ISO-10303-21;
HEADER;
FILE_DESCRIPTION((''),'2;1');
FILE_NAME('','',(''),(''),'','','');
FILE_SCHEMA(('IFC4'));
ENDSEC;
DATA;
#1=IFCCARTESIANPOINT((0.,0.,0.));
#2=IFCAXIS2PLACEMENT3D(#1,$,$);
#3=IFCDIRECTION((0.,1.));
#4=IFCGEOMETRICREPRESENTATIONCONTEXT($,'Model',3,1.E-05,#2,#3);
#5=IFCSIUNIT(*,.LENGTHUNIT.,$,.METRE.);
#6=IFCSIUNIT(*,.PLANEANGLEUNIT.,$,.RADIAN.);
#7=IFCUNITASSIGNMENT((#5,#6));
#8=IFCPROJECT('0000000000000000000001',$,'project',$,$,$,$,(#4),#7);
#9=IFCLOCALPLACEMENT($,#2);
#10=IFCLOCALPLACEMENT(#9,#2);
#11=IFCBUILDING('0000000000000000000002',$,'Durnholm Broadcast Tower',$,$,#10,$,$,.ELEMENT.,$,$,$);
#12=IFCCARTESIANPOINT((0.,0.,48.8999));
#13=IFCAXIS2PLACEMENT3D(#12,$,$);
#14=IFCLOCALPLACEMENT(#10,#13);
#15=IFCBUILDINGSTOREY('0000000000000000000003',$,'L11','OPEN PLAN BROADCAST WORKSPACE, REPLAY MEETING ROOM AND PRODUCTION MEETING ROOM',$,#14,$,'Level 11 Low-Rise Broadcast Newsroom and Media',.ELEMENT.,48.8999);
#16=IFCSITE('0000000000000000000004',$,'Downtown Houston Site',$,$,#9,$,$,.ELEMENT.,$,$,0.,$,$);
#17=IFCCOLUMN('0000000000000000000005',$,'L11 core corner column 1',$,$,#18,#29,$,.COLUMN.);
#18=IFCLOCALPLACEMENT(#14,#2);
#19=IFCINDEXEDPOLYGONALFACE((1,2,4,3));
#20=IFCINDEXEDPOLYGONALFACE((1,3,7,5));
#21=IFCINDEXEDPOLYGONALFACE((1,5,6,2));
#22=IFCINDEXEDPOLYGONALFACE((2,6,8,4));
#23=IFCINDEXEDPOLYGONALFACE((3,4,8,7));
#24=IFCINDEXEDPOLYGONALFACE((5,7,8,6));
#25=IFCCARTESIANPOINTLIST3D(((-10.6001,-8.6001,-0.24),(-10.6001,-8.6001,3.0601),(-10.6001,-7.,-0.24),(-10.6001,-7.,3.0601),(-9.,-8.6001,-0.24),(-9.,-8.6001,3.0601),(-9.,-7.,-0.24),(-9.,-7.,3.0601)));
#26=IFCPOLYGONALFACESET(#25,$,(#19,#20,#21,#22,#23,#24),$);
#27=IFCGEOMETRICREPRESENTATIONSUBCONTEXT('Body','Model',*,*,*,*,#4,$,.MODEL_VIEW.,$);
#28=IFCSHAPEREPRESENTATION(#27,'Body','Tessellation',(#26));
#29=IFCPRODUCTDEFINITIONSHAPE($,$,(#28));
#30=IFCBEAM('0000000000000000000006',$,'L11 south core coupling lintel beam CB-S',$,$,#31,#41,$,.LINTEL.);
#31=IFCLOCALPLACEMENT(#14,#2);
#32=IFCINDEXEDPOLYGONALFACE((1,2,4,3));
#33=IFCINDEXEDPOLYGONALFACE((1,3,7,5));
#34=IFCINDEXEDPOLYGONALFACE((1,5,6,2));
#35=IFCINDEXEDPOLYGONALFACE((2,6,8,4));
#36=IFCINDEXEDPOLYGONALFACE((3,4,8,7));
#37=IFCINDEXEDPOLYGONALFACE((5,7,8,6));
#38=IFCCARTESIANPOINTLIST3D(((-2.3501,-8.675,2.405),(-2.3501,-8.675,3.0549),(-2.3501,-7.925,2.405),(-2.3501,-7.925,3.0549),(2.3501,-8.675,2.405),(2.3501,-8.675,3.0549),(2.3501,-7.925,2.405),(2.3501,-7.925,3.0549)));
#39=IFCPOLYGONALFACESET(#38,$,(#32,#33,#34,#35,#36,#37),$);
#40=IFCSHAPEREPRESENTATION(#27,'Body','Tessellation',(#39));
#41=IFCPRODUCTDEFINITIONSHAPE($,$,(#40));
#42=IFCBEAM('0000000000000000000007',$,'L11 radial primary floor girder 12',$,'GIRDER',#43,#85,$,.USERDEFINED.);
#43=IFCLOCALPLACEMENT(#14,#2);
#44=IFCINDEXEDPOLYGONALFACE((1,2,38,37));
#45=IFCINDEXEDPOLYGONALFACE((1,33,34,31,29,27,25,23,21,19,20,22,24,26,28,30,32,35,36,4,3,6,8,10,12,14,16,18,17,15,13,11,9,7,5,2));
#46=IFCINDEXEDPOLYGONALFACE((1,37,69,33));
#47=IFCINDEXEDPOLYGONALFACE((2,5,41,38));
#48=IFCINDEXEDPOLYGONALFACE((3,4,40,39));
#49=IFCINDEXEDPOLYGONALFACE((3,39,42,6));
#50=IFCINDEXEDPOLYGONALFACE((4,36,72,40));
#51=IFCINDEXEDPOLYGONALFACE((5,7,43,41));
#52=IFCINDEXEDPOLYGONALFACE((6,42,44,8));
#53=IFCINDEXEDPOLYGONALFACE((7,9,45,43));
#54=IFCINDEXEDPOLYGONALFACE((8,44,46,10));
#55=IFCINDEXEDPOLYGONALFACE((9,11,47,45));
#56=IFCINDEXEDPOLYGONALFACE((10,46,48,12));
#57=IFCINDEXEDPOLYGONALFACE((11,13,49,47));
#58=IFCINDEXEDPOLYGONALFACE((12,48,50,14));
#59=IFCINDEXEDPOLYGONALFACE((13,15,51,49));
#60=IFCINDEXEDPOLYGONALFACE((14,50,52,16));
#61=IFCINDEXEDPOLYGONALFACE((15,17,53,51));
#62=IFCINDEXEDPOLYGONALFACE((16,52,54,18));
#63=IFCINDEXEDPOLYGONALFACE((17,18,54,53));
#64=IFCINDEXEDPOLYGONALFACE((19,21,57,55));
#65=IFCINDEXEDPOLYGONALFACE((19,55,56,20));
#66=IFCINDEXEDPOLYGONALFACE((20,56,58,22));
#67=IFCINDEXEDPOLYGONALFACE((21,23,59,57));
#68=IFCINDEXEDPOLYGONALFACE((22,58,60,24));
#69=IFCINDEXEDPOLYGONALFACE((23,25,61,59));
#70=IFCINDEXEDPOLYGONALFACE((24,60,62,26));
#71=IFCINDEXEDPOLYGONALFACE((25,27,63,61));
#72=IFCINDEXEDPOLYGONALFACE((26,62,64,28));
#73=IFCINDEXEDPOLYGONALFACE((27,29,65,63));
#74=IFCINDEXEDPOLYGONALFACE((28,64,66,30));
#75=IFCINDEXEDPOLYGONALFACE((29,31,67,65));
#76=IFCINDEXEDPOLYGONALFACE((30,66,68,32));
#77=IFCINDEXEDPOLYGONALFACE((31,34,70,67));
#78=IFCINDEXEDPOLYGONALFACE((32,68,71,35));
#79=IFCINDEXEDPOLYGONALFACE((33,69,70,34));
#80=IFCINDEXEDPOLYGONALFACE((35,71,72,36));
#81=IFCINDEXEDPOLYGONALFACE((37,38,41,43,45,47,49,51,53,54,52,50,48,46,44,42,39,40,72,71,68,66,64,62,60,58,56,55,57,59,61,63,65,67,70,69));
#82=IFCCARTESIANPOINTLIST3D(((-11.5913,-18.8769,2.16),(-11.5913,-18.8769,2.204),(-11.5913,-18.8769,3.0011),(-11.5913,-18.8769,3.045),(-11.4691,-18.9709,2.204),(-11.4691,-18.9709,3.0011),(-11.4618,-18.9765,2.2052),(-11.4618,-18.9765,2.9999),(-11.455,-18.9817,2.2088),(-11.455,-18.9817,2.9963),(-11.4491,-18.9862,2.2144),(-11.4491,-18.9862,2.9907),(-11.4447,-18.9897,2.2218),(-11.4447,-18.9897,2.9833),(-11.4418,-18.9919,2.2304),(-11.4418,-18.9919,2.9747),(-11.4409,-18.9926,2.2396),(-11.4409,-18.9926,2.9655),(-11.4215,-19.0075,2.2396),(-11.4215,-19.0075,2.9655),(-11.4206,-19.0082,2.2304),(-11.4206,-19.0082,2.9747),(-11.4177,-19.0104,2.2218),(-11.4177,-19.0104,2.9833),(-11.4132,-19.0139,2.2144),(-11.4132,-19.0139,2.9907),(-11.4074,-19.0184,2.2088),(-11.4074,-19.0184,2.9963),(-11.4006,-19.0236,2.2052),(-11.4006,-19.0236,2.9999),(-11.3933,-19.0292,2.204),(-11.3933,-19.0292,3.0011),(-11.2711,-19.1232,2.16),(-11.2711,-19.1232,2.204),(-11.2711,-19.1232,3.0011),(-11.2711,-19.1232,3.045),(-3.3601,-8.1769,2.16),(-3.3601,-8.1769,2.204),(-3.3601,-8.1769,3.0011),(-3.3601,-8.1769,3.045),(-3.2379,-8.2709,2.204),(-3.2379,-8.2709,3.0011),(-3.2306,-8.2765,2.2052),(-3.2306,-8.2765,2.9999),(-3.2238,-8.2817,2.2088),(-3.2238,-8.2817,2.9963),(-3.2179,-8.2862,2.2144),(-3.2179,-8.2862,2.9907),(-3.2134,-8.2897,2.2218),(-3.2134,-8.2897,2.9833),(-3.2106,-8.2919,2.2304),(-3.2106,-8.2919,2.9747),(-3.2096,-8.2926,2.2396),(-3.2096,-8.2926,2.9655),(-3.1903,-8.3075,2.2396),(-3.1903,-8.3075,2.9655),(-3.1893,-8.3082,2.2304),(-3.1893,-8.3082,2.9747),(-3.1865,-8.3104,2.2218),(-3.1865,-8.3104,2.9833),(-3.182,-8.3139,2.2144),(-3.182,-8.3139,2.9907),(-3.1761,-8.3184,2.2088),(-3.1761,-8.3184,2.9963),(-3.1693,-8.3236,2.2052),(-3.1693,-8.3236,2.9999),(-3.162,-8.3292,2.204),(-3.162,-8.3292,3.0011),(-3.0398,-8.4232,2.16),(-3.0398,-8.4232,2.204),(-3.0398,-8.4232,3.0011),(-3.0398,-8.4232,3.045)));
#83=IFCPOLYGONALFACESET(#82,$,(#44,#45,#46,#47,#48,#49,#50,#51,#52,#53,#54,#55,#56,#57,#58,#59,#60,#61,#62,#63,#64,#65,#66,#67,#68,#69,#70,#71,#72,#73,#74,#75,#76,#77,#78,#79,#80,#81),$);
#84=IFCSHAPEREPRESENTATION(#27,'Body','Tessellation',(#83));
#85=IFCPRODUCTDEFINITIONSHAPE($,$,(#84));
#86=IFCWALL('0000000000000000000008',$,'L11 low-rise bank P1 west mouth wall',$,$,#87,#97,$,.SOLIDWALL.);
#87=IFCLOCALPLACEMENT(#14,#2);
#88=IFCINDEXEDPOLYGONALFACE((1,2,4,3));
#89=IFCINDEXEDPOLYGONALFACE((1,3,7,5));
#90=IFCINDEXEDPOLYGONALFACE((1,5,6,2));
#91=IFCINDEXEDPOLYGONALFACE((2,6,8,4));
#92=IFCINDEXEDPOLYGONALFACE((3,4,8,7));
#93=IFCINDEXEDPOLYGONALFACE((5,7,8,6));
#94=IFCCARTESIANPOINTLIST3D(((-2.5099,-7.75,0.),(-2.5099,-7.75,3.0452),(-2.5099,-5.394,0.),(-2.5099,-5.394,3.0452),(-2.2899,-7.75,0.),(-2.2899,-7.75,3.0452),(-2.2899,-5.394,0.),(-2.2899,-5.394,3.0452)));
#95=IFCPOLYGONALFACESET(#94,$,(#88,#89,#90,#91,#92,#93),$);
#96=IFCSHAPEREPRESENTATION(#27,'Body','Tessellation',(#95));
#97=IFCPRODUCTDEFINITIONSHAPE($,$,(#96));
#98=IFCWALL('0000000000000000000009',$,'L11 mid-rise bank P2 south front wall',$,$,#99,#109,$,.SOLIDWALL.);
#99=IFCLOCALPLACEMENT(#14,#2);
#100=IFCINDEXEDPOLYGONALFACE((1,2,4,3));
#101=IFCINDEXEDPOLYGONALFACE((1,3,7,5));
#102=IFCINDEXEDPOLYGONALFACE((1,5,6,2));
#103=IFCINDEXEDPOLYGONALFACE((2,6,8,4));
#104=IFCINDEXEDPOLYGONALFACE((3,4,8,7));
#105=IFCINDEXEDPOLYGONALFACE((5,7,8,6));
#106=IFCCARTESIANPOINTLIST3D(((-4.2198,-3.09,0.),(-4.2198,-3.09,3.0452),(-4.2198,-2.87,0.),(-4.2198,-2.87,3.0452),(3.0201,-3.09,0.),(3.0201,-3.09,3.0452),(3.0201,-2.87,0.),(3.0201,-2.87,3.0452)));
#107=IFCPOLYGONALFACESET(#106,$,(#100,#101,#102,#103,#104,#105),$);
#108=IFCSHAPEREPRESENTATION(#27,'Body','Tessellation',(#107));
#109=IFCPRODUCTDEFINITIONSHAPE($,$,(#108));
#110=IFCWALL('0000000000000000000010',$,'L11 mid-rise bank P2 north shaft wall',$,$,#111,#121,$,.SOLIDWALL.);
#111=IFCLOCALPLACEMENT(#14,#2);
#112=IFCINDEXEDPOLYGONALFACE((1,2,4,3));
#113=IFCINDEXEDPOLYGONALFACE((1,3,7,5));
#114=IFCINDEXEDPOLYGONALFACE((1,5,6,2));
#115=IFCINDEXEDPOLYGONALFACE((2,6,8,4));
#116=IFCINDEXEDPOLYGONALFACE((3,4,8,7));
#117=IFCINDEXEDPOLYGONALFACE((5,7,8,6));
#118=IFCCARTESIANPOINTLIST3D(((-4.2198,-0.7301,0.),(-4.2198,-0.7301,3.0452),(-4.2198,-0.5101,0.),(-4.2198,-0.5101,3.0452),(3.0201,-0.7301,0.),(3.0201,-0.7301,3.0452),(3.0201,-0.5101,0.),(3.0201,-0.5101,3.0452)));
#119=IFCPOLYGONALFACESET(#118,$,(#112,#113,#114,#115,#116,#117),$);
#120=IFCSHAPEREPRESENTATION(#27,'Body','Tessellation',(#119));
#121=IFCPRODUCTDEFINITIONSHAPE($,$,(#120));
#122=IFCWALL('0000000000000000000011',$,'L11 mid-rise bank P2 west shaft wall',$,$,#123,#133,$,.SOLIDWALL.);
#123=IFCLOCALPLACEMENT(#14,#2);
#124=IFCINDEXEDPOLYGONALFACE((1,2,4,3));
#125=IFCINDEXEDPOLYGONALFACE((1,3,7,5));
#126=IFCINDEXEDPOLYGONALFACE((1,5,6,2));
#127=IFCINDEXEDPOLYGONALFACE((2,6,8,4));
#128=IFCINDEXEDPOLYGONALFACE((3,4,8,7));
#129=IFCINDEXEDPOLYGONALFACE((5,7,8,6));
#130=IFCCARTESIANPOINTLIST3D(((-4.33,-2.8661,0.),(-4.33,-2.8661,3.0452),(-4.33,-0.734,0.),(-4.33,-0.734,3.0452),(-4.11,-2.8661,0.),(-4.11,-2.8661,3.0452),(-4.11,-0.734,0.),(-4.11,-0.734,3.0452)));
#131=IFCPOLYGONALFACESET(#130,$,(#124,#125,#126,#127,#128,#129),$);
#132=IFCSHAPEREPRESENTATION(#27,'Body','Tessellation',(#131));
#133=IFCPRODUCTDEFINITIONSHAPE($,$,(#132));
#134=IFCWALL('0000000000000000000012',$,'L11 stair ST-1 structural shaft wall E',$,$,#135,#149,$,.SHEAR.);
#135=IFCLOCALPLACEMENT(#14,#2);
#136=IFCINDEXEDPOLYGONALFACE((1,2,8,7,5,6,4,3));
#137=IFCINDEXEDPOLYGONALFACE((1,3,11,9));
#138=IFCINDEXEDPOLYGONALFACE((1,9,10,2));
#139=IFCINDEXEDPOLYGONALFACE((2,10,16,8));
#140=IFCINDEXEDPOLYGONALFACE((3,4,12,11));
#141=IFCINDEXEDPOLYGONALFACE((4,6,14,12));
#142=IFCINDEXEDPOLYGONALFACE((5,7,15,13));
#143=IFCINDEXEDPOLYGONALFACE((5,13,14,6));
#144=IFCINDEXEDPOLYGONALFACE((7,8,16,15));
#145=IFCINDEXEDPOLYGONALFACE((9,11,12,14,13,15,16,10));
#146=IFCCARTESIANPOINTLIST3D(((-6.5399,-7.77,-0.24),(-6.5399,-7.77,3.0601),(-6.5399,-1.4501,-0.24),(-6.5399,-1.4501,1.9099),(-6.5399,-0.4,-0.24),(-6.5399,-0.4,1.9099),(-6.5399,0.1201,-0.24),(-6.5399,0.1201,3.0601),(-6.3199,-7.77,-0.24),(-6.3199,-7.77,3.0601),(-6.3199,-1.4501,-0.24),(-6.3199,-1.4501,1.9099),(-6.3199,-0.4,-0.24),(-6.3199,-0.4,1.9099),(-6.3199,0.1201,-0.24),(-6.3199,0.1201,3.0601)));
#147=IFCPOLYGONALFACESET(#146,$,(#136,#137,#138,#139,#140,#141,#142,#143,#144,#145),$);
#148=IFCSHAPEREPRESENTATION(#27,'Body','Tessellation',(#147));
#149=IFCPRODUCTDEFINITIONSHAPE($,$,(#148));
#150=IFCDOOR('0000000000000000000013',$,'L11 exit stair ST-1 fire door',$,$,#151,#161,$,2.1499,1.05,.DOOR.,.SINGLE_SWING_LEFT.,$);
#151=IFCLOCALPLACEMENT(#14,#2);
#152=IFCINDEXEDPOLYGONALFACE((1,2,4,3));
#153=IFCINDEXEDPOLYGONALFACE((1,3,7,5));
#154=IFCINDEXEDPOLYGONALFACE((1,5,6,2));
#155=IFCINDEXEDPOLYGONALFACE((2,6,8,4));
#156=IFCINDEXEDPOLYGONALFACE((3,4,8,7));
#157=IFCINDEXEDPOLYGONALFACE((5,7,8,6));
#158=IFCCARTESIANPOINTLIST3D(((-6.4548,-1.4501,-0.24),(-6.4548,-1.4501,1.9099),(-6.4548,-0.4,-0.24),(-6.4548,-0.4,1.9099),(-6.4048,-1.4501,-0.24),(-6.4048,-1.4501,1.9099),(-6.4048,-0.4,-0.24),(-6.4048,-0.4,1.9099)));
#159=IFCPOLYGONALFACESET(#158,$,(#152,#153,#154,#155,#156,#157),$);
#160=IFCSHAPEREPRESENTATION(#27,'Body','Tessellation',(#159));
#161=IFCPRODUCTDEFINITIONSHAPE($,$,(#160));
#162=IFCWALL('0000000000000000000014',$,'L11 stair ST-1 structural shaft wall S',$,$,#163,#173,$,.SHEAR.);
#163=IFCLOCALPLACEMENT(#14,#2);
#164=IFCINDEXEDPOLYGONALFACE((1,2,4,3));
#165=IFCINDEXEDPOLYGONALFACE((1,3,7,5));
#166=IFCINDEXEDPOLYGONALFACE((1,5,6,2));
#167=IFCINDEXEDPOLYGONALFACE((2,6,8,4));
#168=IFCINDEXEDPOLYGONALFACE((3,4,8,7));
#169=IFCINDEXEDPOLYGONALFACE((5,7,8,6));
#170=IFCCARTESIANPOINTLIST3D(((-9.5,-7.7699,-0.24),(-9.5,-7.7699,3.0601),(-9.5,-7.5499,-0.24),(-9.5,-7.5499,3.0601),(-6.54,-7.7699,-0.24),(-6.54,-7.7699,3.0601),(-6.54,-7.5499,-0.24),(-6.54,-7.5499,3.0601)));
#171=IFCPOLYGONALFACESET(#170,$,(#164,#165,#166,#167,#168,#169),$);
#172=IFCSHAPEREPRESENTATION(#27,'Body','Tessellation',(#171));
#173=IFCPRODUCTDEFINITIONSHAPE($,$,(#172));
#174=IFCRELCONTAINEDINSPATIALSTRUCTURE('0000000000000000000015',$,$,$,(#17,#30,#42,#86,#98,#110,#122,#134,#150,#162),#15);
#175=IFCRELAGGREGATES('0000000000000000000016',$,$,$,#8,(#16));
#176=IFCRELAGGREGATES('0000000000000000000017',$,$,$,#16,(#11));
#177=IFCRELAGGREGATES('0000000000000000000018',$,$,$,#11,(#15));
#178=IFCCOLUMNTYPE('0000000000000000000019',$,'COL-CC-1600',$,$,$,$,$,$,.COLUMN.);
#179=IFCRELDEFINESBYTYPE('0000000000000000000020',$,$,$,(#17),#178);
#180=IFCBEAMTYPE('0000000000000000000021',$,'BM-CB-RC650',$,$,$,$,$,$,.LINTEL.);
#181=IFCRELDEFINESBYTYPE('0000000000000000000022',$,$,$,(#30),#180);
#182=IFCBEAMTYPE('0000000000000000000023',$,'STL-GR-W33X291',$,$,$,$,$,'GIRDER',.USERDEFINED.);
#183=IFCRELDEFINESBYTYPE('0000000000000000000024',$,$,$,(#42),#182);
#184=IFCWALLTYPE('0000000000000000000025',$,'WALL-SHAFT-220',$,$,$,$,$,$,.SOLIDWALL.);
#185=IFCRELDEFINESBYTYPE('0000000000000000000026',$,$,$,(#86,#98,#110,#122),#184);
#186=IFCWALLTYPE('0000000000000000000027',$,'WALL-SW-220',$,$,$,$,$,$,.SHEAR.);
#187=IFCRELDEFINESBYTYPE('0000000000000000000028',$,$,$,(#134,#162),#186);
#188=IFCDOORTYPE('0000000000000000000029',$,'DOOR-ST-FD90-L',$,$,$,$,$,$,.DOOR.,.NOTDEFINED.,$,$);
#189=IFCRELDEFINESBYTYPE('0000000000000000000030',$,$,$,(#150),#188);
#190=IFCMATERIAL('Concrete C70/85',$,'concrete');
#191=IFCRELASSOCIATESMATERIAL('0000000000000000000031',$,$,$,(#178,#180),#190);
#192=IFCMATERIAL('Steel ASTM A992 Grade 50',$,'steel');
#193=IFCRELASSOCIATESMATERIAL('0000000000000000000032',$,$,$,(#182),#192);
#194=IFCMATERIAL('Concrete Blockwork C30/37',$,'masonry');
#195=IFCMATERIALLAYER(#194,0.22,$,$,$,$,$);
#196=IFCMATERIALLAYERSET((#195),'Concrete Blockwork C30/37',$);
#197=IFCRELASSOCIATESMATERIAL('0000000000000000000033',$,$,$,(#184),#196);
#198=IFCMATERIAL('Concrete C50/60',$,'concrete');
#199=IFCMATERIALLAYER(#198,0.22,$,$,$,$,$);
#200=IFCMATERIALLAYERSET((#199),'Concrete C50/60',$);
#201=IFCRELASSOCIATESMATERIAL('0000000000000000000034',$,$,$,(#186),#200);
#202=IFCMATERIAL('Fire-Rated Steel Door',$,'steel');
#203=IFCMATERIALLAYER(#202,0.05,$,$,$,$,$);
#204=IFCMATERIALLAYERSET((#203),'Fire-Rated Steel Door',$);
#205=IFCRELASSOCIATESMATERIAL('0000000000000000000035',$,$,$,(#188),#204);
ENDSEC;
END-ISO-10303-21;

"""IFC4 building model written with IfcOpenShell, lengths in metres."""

from ifc_helpers import new_model, si_unit, direction, frame, frame_2d, origin, origin_2d, place, context, subcontext, project, spatial, rectangle, i_section, extrude, source, transform, mapped, material, layer, layer_set, material_profile, profile_set, type_object, type_shapes, element, fill, save


model = new_model("IFC4")

# Units and contexts
model_context = context("Model", 3, precision=1e-05, world=origin(), true_north=direction((0.0, 1.0)))
body_context = subcontext(model_context, "Body", "Model", "MODEL_VIEW")
ifc_project = project(units=[si_unit("LENGTHUNIT", "METRE"), si_unit("PLANEANGLEUNIT", "RADIAN")], contexts=[model_context])

# Site, building, storey
site_placement = place(None, origin())
site = spatial("IfcSite", under=ifc_project, at=site_placement, Name="Downtown Houston Site", CompositionType="ELEMENT", RefElevation=0.0)
building_placement = place(site_placement, origin())
building = spatial("IfcBuilding", under=site, at=building_placement, Name="Durnholm Broadcast Tower", CompositionType="ELEMENT")
storey_placement = place(building_placement, frame((0.0, 0.0, 48.8999)))
storey = spatial("IfcBuildingStorey", under=building, at=storey_placement, Name="L11", Description="OPEN PLAN BROADCAST WORKSPACE, REPLAY MEETING ROOM AND PRODUCTION MEETING ROOM", LongName="Level 11 Low-Rise Broadcast Newsroom and Media", CompositionType="ELEMENT", Elevation=48.8999)

# Column
ifc_material_1 = material(Name="Concrete C70/85", Category="concrete")
ifc_material_profile_1 = material_profile(ifc_material_1, rectangle(XDim=1.6001, YDim=1.6001, at=origin_2d()), Name="RC1600X1600")
ifc_profile_set_1 = profile_set([ifc_material_profile_1], Name="Concrete C70/85")
column_type = type_object("IfcColumnType", Name="COL-CC-1600", PredefinedType="COLUMN", material=ifc_profile_set_1)
shared_shape_1 = source(origin(), body_context, "Body", "SweptSolid", [
    extrude(rectangle(XDim=1.6001, YDim=1.6001, at=origin_2d()), origin(), (0.0, 0.0, 1.0), 3.3),
])
type_shapes(column_type, [shared_shape_1])
column_placement = place(storey_placement, frame((-9.8, -7.8, -0.24), z_axis=(0.0, 0.0, 1.0), x_axis=(1.0, 0.0, 0.0)))
element("IfcColumn", 1, at=column_placement, inside=storey, type_object=column_type, Name="L11 core corner column 1", PredefinedType="COLUMN", context=body_context, shape_type="MappedRepresentation", body=[
    mapped(shared_shape_1, transform((0.0, 0.0, 0.0), x_axis=(1.0, 0.0, 0.0), y_axis=(0.0, 1.0, 0.0), z_axis=(0.0, 0.0, 1.0), scale=1.0)),
])

# Beams
ifc_material_profile_2 = material_profile(ifc_material_1, rectangle(XDim=0.75, YDim=0.6499, at=origin_2d()), Name="RC750X650")
ifc_profile_set_2 = profile_set([ifc_material_profile_2], Name="Concrete C70/85")
beam_type_1 = type_object("IfcBeamType", Name="BM-CB-RC650", PredefinedType="LINTEL", material=ifc_profile_set_2)
shared_shape_2 = source(origin(), body_context, "Body", "SweptSolid", [
    extrude(rectangle(XDim=0.75, YDim=0.6499, at=origin_2d()), origin(), (0.0, 0.0, 1.0), 4.7002),
])
type_shapes(beam_type_1, [shared_shape_2])
beam_1_placement = place(storey_placement, frame((-2.3501, -8.3, 2.73), z_axis=(1.0, 0.0, 0.0), x_axis=(0.0, 1.0, 0.0)))
element("IfcBeam", 2, at=beam_1_placement, inside=storey, type_object=beam_type_1, Name="L11 south core coupling lintel beam CB-S", PredefinedType="LINTEL", context=body_context, shape_type="MappedRepresentation", body=[
    mapped(shared_shape_2, transform((0.0, 0.0, 0.0), x_axis=(1.0, 0.0, 0.0), y_axis=(0.0, 1.0, 0.0), z_axis=(0.0, 0.0, 1.0), scale=1.0)),
])
ifc_material_2 = material(Name="Steel ASTM A992 Grade 50", Category="steel")
ifc_material_profile_3 = material_profile(ifc_material_2, i_section(OverallWidth=0.4041, OverallDepth=0.885, WebThickness=0.0244, FlangeThickness=0.0439, FilletRadius=0.0356, at=origin_2d()), Name="W33X291")
ifc_profile_set_3 = profile_set([ifc_material_profile_3], Name="Steel ASTM A992 Grade 50")
beam_type_2 = type_object("IfcBeamType", Name="STL-GR-W33X291", ElementType="GIRDER", PredefinedType="USERDEFINED", material=ifc_profile_set_3)
shared_shape_3 = source(origin(), body_context, "Body", "SweptSolid", [
    extrude(i_section(OverallWidth=0.4041, OverallDepth=0.885, WebThickness=0.0244, FlangeThickness=0.0439, FilletRadius=0.0356, at=origin_2d()), origin(), (0.0, 0.0, 1.0), 13.4998),
])
type_shapes(beam_type_2, [shared_shape_3])
beam_2_placement = place(storey_placement, frame((-3.2, -8.3, 2.6025), z_axis=(-0.609733, -0.792607, 0.0), x_axis=(0.792607, -0.609733, 0.0)))
element("IfcBeam", 3, at=beam_2_placement, inside=storey, type_object=beam_type_2, Name="L11 radial primary floor girder 12", ObjectType="GIRDER", PredefinedType="USERDEFINED", context=body_context, shape_type="MappedRepresentation", body=[
    mapped(shared_shape_3, transform((0.0, 0.0, 0.0), x_axis=(1.0, 0.0, 0.0), y_axis=(0.0, 1.0, 0.0), z_axis=(0.0, 0.0, 1.0), scale=1.0)),
])

# Shared definitions
ifc_material_3 = material(Name="Concrete Blockwork C30/37", Category="masonry")
ifc_layer_1 = layer(ifc_material_3, 0.22)
ifc_layer_set_1 = layer_set([ifc_layer_1], Name="Concrete Blockwork C30/37")
wall_type_1 = type_object("IfcWallType", Name="WALL-SHAFT-220", PredefinedType="SOLIDWALL", material=ifc_layer_set_1)

# Walls
wall_1_placement = place(storey_placement, frame((-2.3999, -7.75, 0.0), z_axis=(0.0, 0.0, 1.0), x_axis=(0.0, 1.0, 0.0)))
element("IfcWall", 4, at=wall_1_placement, inside=storey, type_object=wall_type_1, Name="L11 low-rise bank P1 west mouth wall", PredefinedType="SOLIDWALL", context=body_context, shape_type="SweptSolid", body=[
    extrude(rectangle(XDim=2.356, YDim=0.22, at=frame_2d((1.178, 0.0))), origin(), (0.0, 0.0, 1.0), 3.0452),
])
for number, where, z_axis, x_axis, name in (
    (5, (-4.22, -2.98, 0.0), (0.0, 0.0, 1.0), (1.0, 0.0, 0.0), "L11 mid-rise bank P2 south front wall"),
    (6, (-4.22, -0.6201, 0.0), (0.0, 0.0, 1.0), (1.0, 0.0, 0.0), "L11 mid-rise bank P2 north shaft wall"),
):
    element("IfcWall", number, at=place(storey_placement, frame(where, z_axis=z_axis, x_axis=x_axis)), inside=storey, type_object=wall_type_1, Name=name, PredefinedType="SOLIDWALL", context=body_context, shape_type="SweptSolid", body=[
        extrude(rectangle(XDim=7.24, YDim=0.22, at=frame_2d((3.6201, 0.0))), origin(), (0.0, 0.0, 1.0), 3.0452),
    ])
wall_2_placement = place(storey_placement, frame((-4.22, -2.866, 0.0), z_axis=(0.0, 0.0, 1.0), x_axis=(0.0, 1.0, 0.0)))
element("IfcWall", 7, at=wall_2_placement, inside=storey, type_object=wall_type_1, Name="L11 mid-rise bank P2 west shaft wall", PredefinedType="SOLIDWALL", context=body_context, shape_type="SweptSolid", body=[
    extrude(rectangle(XDim=2.1321, YDim=0.22, at=frame_2d((1.0659, 0.0))), origin(), (0.0, 0.0, 1.0), 3.0452),
])

# Wall, opening, door
ifc_material_4 = material(Name="Concrete C50/60", Category="concrete")
ifc_layer_2 = layer(ifc_material_4, 0.22)
ifc_layer_set_2 = layer_set([ifc_layer_2], Name="Concrete C50/60")
wall_type_2 = type_object("IfcWallType", Name="WALL-SW-220", PredefinedType="SHEAR", material=ifc_layer_set_2)
wall_3_placement = place(storey_placement, frame((-6.4299, -7.77, -0.24), z_axis=(0.0, 0.0, 1.0), x_axis=(0.0, 1.0, 0.0)))
wall_3 = element("IfcWall", 8, at=wall_3_placement, inside=storey, type_object=wall_type_2, Name="L11 stair ST-1 structural shaft wall E", PredefinedType="SHEAR", context=body_context, shape_type="SweptSolid", body=[
    extrude(rectangle(XDim=7.8901, YDim=0.22, at=frame_2d((3.9451, 0.0))), origin(), (0.0, 0.0, 1.0), 3.3),
])
opening_1_placement = place(wall_3_placement, frame((6.3201, 0.0, 0.0)))
opening_1 = element("IfcOpeningElement", 9, at=opening_1_placement, cuts=wall_3, PredefinedType="OPENING", context=body_context, shape_type="SweptSolid", body=[
    extrude(rectangle(XDim=1.05, YDim=2.1499, at=frame_2d((0.5249, 1.075))), frame((0.0, 0.1201, 0.0), z_axis=(0.0, -1.0, 0.0), x_axis=(1.0, 0.0, 0.0)), (0.0, 0.0, 1.0), 0.24),
])
ifc_material_5 = material(Name="Fire-Rated Steel Door", Category="steel")
ifc_layer_3 = layer(ifc_material_5, 0.05)
ifc_layer_set_3 = layer_set([ifc_layer_3], Name="Fire-Rated Steel Door")
door_type_1 = type_object("IfcDoorType", Name="DOOR-ST-FD90-L", OperationType="NOTDEFINED", PredefinedType="DOOR", material=ifc_layer_set_3)
shared_shape_4 = source(origin(), body_context, "Body", "SweptSolid", [
    extrude(rectangle(XDim=1.05, YDim=2.1499, at=frame_2d((0.5249, 1.075))), frame((0.0, 0.0249, 0.0), z_axis=(0.0, -1.0, 0.0), x_axis=(1.0, 0.0, 0.0)), (0.0, 0.0, 1.0), 0.05),
])
type_shapes(door_type_1, [shared_shape_4])
door_1_placement = place(opening_1_placement, origin())
door_1 = element("IfcDoor", 10, at=door_1_placement, inside=storey, type_object=door_type_1, Name="L11 exit stair ST-1 fire door", OperationType="SINGLE_SWING_LEFT", OverallHeight=2.1499, OverallWidth=1.05, PredefinedType="DOOR", context=body_context, shape_type="MappedRepresentation", body=[
    mapped(shared_shape_4, transform((0.0, 0.0, 0.0), x_axis=(1.0, 0.0, 0.0), y_axis=(0.0, 1.0, 0.0), z_axis=(0.0, 0.0, 1.0), scale=1.0)),
])
fill(opening_1, door_1)

# Wall
wall_4_placement = place(storey_placement, frame((-9.5, -7.6599, -0.24), z_axis=(0.0, 0.0, 1.0), x_axis=(1.0, 0.0, 0.0)))
element("IfcWall", 11, at=wall_4_placement, inside=storey, type_object=wall_type_2, Name="L11 stair ST-1 structural shaft wall S", PredefinedType="SHEAR", context=body_context, shape_type="SweptSolid", body=[
    extrude(rectangle(XDim=2.96, YDim=0.22, at=frame_2d((1.48, 0.0))), origin(), (0.0, 0.0, 1.0), 3.3),
])

save(model, "model.ifc")
